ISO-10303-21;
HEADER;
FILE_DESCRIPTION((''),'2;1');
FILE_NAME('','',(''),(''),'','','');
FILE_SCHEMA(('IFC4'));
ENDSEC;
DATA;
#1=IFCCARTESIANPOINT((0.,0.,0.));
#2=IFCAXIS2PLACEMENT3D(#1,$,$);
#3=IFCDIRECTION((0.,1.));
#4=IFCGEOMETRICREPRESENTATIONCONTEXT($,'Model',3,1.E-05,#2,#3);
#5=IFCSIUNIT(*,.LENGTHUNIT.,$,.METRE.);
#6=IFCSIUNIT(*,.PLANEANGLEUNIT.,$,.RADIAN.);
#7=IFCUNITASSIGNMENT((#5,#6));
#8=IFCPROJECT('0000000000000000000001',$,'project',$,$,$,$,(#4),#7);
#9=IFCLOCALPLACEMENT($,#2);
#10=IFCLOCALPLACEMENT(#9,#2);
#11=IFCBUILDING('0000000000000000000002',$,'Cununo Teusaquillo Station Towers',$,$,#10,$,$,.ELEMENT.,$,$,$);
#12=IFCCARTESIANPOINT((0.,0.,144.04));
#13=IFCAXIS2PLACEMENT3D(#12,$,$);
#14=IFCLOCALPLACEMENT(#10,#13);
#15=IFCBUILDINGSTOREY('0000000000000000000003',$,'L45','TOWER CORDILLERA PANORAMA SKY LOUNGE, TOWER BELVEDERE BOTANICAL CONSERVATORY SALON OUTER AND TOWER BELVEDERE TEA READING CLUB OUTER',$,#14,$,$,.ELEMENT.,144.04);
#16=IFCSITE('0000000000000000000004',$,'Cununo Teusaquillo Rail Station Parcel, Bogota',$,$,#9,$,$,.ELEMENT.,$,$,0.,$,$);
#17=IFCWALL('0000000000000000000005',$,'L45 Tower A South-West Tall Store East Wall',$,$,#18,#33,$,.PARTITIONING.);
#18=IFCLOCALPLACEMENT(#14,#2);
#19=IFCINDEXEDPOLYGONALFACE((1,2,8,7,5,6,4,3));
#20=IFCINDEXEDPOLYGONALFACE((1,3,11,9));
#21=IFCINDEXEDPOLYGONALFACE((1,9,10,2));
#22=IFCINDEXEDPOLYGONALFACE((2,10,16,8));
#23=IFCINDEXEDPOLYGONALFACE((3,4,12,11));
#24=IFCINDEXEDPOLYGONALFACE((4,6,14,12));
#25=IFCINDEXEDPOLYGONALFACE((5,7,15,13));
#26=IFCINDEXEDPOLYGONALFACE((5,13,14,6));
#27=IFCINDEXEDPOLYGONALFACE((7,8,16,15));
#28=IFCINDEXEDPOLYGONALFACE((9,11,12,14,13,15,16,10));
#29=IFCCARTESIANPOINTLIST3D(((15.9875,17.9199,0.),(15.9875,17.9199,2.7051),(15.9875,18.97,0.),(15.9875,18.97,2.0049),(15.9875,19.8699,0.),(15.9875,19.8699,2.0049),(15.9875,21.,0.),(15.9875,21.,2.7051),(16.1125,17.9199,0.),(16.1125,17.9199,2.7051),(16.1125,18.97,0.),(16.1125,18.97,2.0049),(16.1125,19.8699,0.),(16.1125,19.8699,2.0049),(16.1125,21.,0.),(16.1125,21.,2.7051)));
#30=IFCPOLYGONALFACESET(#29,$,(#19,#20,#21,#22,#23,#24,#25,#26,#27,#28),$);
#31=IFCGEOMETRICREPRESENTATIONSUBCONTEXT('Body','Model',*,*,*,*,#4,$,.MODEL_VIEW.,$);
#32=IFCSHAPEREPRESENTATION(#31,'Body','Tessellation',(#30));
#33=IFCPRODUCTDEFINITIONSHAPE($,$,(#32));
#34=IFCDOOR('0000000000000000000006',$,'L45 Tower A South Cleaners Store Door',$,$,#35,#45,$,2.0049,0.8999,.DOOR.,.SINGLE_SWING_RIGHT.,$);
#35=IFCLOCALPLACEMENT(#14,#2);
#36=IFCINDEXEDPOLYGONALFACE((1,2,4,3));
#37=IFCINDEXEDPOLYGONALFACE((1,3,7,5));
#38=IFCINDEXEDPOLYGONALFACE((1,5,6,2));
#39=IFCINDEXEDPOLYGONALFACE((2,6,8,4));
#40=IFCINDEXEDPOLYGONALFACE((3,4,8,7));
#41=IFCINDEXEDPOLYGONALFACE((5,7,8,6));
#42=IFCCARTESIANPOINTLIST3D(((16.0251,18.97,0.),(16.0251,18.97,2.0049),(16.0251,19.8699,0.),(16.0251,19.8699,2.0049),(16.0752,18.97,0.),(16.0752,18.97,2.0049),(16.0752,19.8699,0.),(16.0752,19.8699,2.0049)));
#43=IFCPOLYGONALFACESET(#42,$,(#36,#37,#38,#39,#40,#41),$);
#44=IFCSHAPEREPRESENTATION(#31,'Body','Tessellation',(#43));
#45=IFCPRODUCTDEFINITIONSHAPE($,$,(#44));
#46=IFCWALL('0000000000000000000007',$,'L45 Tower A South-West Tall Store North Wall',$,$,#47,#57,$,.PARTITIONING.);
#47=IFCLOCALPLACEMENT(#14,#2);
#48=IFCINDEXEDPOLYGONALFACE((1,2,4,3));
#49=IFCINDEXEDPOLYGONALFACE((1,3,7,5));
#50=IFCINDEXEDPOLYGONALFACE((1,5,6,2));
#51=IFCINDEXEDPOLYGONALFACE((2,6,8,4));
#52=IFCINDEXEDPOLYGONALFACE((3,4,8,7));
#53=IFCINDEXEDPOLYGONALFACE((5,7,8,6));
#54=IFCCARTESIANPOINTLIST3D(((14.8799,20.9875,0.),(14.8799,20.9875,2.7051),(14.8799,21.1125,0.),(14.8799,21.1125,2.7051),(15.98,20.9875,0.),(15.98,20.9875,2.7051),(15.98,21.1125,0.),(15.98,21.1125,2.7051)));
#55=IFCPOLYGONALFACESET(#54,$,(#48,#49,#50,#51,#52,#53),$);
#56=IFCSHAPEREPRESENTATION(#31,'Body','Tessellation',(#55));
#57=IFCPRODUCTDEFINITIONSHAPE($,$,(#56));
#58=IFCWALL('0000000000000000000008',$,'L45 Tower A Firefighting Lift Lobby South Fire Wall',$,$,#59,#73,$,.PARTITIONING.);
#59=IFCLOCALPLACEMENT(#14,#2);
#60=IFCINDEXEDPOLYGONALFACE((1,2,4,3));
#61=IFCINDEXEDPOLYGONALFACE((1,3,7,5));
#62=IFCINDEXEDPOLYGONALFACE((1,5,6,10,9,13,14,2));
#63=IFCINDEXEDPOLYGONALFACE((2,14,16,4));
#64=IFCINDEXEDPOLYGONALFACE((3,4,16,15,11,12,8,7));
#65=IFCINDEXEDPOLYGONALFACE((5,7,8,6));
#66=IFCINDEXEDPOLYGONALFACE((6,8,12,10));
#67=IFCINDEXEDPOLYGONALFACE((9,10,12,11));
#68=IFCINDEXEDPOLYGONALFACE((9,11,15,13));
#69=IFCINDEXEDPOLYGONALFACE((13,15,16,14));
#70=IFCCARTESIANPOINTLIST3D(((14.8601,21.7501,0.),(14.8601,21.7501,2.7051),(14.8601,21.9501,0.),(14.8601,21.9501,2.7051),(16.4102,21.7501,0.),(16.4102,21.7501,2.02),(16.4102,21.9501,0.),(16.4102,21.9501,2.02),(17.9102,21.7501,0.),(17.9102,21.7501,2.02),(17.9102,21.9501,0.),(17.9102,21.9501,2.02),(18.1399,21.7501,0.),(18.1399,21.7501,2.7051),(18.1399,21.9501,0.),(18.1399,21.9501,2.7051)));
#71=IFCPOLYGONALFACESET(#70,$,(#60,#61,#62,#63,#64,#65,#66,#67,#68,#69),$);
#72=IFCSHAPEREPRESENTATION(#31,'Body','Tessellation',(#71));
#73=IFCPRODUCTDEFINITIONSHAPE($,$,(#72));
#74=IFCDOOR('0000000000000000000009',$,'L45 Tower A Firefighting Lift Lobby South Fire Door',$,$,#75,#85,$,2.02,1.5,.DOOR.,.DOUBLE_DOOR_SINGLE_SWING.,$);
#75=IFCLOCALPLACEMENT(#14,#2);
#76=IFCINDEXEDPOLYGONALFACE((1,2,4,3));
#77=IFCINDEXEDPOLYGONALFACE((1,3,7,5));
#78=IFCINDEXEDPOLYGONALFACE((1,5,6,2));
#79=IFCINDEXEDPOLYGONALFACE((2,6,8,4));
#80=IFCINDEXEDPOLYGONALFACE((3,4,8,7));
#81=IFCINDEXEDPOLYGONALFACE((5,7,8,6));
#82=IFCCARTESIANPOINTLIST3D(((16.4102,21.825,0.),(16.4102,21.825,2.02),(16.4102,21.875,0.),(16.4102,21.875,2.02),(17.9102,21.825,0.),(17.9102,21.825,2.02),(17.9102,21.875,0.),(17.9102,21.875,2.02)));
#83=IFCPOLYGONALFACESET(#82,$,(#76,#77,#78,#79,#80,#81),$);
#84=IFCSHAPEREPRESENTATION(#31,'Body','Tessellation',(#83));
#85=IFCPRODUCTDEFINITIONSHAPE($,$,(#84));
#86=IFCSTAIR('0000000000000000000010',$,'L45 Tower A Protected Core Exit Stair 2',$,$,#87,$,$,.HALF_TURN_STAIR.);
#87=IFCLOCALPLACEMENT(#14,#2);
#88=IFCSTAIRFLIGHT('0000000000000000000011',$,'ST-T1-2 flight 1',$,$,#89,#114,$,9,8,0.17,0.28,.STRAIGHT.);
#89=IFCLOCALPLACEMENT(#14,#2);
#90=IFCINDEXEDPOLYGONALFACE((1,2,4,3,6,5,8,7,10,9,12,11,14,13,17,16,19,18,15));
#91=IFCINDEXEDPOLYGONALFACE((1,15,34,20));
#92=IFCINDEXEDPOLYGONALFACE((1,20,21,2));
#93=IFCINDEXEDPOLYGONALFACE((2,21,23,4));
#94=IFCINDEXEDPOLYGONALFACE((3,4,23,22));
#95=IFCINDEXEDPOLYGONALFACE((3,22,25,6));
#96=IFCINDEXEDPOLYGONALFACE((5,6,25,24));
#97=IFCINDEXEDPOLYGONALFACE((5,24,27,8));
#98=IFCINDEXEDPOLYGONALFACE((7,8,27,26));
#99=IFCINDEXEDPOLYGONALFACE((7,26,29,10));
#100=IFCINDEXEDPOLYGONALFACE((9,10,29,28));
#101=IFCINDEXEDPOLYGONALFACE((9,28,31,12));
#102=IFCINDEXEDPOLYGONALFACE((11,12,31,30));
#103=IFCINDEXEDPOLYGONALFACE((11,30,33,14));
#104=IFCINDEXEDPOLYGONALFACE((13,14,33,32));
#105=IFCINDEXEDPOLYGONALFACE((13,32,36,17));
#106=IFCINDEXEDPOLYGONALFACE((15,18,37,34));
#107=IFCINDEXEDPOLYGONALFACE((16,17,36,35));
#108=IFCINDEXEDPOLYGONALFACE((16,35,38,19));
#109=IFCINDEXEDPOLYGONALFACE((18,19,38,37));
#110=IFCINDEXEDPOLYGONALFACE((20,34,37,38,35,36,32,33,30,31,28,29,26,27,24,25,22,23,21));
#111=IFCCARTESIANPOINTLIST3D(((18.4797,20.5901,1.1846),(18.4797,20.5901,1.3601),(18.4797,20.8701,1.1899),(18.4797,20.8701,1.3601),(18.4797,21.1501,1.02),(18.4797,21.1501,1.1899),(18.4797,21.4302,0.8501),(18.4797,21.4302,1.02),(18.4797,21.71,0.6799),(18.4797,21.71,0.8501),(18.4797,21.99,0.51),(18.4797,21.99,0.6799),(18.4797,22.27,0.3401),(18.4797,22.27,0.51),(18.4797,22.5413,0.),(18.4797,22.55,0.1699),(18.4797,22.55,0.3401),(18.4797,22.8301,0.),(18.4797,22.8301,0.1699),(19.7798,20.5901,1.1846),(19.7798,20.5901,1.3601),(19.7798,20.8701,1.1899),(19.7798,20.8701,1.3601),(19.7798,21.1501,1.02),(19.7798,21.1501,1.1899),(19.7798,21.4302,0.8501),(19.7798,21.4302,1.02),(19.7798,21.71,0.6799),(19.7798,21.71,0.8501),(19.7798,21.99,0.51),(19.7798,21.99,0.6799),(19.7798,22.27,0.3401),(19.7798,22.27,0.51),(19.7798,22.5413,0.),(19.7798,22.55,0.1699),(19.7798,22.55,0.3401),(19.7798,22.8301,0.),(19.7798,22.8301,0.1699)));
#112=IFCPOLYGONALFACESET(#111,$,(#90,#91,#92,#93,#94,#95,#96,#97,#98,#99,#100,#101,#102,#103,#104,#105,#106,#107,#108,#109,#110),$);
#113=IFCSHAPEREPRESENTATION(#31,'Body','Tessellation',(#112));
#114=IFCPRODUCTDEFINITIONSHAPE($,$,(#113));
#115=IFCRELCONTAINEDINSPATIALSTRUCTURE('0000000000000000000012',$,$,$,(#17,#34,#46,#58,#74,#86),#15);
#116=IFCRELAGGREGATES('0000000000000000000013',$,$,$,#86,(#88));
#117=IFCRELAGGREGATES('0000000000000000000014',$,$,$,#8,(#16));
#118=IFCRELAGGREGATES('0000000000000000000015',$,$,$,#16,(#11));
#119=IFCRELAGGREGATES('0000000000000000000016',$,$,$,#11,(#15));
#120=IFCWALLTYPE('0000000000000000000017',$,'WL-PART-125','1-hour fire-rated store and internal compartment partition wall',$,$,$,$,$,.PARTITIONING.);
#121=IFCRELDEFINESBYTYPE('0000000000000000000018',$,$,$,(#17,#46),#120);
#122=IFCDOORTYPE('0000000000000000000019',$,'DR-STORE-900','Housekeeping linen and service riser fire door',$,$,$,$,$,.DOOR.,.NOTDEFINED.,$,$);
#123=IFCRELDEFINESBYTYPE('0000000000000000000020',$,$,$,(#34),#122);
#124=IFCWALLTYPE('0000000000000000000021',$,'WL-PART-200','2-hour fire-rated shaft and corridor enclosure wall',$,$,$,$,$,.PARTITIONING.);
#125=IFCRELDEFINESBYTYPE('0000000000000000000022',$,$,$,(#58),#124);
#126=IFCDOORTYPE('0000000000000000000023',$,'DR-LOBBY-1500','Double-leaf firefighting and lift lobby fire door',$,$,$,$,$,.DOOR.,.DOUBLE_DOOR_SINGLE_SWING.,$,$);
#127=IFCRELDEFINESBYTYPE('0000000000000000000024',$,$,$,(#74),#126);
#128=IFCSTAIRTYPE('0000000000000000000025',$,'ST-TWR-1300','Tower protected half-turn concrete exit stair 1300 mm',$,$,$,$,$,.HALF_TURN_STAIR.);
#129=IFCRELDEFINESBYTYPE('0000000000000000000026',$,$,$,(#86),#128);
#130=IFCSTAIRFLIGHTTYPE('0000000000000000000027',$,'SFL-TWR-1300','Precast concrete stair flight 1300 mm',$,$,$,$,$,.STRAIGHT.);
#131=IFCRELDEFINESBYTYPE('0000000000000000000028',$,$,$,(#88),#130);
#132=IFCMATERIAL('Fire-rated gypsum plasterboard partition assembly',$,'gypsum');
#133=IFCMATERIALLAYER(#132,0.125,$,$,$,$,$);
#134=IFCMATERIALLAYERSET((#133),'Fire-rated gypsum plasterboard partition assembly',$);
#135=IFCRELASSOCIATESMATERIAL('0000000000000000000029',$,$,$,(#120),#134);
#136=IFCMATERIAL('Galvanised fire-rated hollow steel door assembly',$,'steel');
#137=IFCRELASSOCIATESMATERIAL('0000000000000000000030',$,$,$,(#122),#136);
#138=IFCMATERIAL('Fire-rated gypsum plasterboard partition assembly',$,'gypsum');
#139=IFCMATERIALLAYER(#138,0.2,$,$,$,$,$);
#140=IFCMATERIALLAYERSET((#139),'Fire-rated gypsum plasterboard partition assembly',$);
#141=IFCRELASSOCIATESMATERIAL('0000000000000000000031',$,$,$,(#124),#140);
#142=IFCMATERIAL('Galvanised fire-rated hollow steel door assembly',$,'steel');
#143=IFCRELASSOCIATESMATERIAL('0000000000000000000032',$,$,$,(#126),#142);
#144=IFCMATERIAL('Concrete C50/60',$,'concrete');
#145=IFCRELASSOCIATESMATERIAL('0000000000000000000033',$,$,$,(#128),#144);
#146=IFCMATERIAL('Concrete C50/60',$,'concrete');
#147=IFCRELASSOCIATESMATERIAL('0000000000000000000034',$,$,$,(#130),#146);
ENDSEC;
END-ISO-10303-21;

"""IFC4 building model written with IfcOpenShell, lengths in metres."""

from ifc_helpers import new_model, si_unit, direction, frame, frame_2d, origin, place, context, subcontext, project, spatial, polyline, rectangle, outline, extrude, source, transform, mapped, material, layer, layer_set, type_object, element, fill, aggregate, save


model = new_model("IFC4")

# Units and contexts
model_context = context("Model", 3, precision=1e-05, world=origin(), true_north=direction((0.0, 1.0)))
body_context = subcontext(model_context, "Body", "Model", "MODEL_VIEW")
ifc_project = project(units=[si_unit("LENGTHUNIT", "METRE"), si_unit("PLANEANGLEUNIT", "RADIAN")], contexts=[model_context])

# Site, building, storey
site_placement = place(None, origin())
site = spatial("IfcSite", under=ifc_project, at=site_placement, Name="Cununo Teusaquillo Rail Station Parcel, Bogota", CompositionType="ELEMENT", RefElevation=0.0)
building_placement = place(site_placement, origin())
building = spatial("IfcBuilding", under=site, at=building_placement, Name="Cununo Teusaquillo Station Towers", CompositionType="ELEMENT")
storey_placement = place(building_placement, frame((0.0, 0.0, 144.04)))
storey = spatial("IfcBuildingStorey", under=building, at=storey_placement, Name="L45", Description="TOWER CORDILLERA PANORAMA SKY LOUNGE, TOWER BELVEDERE BOTANICAL CONSERVATORY SALON OUTER AND TOWER BELVEDERE TEA READING CLUB OUTER", CompositionType="ELEMENT", Elevation=144.04)

# Wall, opening, door
ifc_material_1 = material(Name="Fire-rated gypsum plasterboard partition assembly", Category="gypsum")
ifc_layer_1 = layer(ifc_material_1, 0.125)
ifc_layer_set_1 = layer_set([ifc_layer_1], Name="Fire-rated gypsum plasterboard partition assembly")
wall_type_1 = type_object("IfcWallType", Name="WL-PART-125", Description="1-hour fire-rated store and internal compartment partition wall", PredefinedType="PARTITIONING", material=ifc_layer_set_1)
wall_1_placement = place(storey_placement, frame((16.05, 17.9199, 0.0), z_axis=(0.0, 0.0, 1.0), x_axis=(0.0, 1.0, 0.0)))
wall_1 = element("IfcWall", 1, at=wall_1_placement, inside=storey, type_object=wall_type_1, Name="L45 Tower A South-West Tall Store East Wall", PredefinedType="PARTITIONING", context=body_context, shape_type="SweptSolid", body=[
    extrude(rectangle(XDim=3.0801, YDim=0.125, at=frame_2d((1.54, 0.0))), origin(), (0.0, 0.0, 1.0), 2.7051),
])
shared_shape_1 = source(origin(), body_context, "Body", "SweptSolid", [
    extrude(rectangle(XDim=0.8999, YDim=2.0049, at=frame_2d((0.45, 1.0024))), frame((0.0, 0.0725, 0.0), z_axis=(0.0, -1.0, 0.0), x_axis=(1.0, 0.0, 0.0)), (0.0, 0.0, 1.0), 0.145),
])
opening_1_placement = place(wall_1_placement, frame((1.05, 0.0, 0.0)))
opening_1 = element("IfcOpeningElement", 2, at=opening_1_placement, cuts=wall_1, PredefinedType="OPENING", context=body_context, shape_type="MappedRepresentation", body=[
    mapped(shared_shape_1, transform((0.0, 0.0, 0.0), x_axis=(1.0, 0.0, 0.0), y_axis=(0.0, 1.0, 0.0), z_axis=(0.0, 0.0, 1.0), scale=1.0)),
])
ifc_material_2 = material(Name="Galvanised fire-rated hollow steel door assembly", Category="steel")
door_type_1 = type_object("IfcDoorType", Name="DR-STORE-900", Description="Housekeeping linen and service riser fire door", OperationType="NOTDEFINED", PredefinedType="DOOR", material=ifc_material_2)
shared_shape_2 = source(origin(), body_context, "Body", "SweptSolid", [
    extrude(rectangle(XDim=0.8999, YDim=2.0049, at=frame_2d((0.45, 1.0024))), frame((0.0, 0.0249, 0.0), z_axis=(0.0, -1.0, 0.0), x_axis=(1.0, 0.0, 0.0)), (0.0, 0.0, 1.0), 0.05),
])
door_1_placement = place(opening_1_placement, origin())
door_1 = element("IfcDoor", 3, at=door_1_placement, inside=storey, type_object=door_type_1, Name="L45 Tower A South Cleaners Store Door", OperationType="SINGLE_SWING_RIGHT", OverallHeight=2.0049, OverallWidth=0.8999, PredefinedType="DOOR", context=body_context, shape_type="MappedRepresentation", body=[
    mapped(shared_shape_2, transform((0.0, 0.0, 0.0), x_axis=(1.0, 0.0, 0.0), y_axis=(0.0, 1.0, 0.0), z_axis=(0.0, 0.0, 1.0), scale=1.0)),
])
fill(opening_1, door_1)

# Wall
wall_2_placement = place(storey_placement, frame((14.8799, 21.05, 0.0), z_axis=(0.0, 0.0, 1.0), x_axis=(1.0, 0.0, 0.0)))
element("IfcWall", 4, at=wall_2_placement, inside=storey, type_object=wall_type_1, Name="L45 Tower A South-West Tall Store North Wall", PredefinedType="PARTITIONING", context=body_context, shape_type="SweptSolid", body=[
    extrude(rectangle(XDim=1.1001, YDim=0.125, at=frame_2d((0.55, 0.0))), origin(), (0.0, 0.0, 1.0), 2.7051),
])

# Wall, opening, door
ifc_material_3 = material(Name="Fire-rated gypsum plasterboard partition assembly", Category="gypsum")
ifc_layer_2 = layer(ifc_material_3, 0.2)
ifc_layer_set_2 = layer_set([ifc_layer_2], Name="Fire-rated gypsum plasterboard partition assembly")
wall_type_2 = type_object("IfcWallType", Name="WL-PART-200", Description="2-hour fire-rated shaft and corridor enclosure wall", PredefinedType="PARTITIONING", material=ifc_layer_set_2)
wall_3_placement = place(storey_placement, frame((14.8601, 21.8501, 0.0), z_axis=(0.0, 0.0, 1.0), x_axis=(1.0, 0.0, 0.0)))
wall_3 = element("IfcWall", 5, at=wall_3_placement, inside=storey, type_object=wall_type_2, Name="L45 Tower A Firefighting Lift Lobby South Fire Wall", PredefinedType="PARTITIONING", context=body_context, shape_type="SweptSolid", body=[
    extrude(rectangle(XDim=3.2798, YDim=0.2, at=frame_2d((1.6399, 0.0))), origin(), (0.0, 0.0, 1.0), 2.7051),
])
shared_shape_3 = source(origin(), body_context, "Body", "SweptSolid", [
    extrude(rectangle(XDim=1.5, YDim=2.02, at=frame_2d((0.75, 1.01))), frame((0.0, 0.1099, 0.0), z_axis=(0.0, -1.0, 0.0), x_axis=(1.0, 0.0, 0.0)), (0.0, 0.0, 1.0), 0.22),
])
opening_2_placement = place(wall_3_placement, frame((1.55, 0.0, 0.0)))
opening_2 = element("IfcOpeningElement", 6, at=opening_2_placement, cuts=wall_3, PredefinedType="OPENING", context=body_context, shape_type="MappedRepresentation", body=[
    mapped(shared_shape_3, transform((0.0, 0.0, 0.0), x_axis=(1.0, 0.0, 0.0), y_axis=(0.0, 1.0, 0.0), z_axis=(0.0, 0.0, 1.0), scale=1.0)),
])
ifc_material_4 = material(Name="Galvanised fire-rated hollow steel door assembly", Category="steel")
door_type_2 = type_object("IfcDoorType", Name="DR-LOBBY-1500", Description="Double-leaf firefighting and lift lobby fire door", OperationType="DOUBLE_DOOR_SINGLE_SWING", PredefinedType="DOOR", material=ifc_material_4)
shared_shape_4 = source(origin(), body_context, "Body", "SweptSolid", [
    extrude(rectangle(XDim=1.5, YDim=2.02, at=frame_2d((0.75, 1.01))), frame((0.0, 0.0249, 0.0), z_axis=(0.0, -1.0, 0.0), x_axis=(1.0, 0.0, 0.0)), (0.0, 0.0, 1.0), 0.05),
])
door_2_placement = place(opening_2_placement, origin())
door_2 = element("IfcDoor", 7, at=door_2_placement, inside=storey, type_object=door_type_2, Name="L45 Tower A Firefighting Lift Lobby South Fire Door", OperationType="DOUBLE_DOOR_SINGLE_SWING", OverallHeight=2.02, OverallWidth=1.5, PredefinedType="DOOR", context=body_context, shape_type="MappedRepresentation", body=[
    mapped(shared_shape_4, transform((0.0, 0.0, 0.0), x_axis=(1.0, 0.0, 0.0), y_axis=(0.0, 1.0, 0.0), z_axis=(0.0, 0.0, 1.0), scale=1.0)),
])
fill(opening_2, door_2)

# Stair, stair flight
ifc_material_5 = material(Name="Concrete C50/60", Category="concrete")
stair_type = type_object("IfcStairType", Name="ST-TWR-1300", Description="Tower protected half-turn concrete exit stair 1300 mm", PredefinedType="HALF_TURN_STAIR", material=ifc_material_5)
stair_placement = place(storey_placement, origin())
stair = element("IfcStair", 8, at=stair_placement, inside=storey, type_object=stair_type, Name="L45 Tower A Protected Core Exit Stair 2", PredefinedType="HALF_TURN_STAIR")
ifc_material_6 = material(Name="Concrete C50/60", Category="concrete")
stair_flight_type = type_object("IfcStairFlightType", Name="SFL-TWR-1300", Description="Precast concrete stair flight 1300 mm", PredefinedType="STRAIGHT", material=ifc_material_6)
stair_flight_placement = place(storey_placement, frame((19.1299, 22.8301, 0.0), z_axis=(0.0, 0.0, 1.0), x_axis=(0.0, -1.0, 0.0)))
stair_flight = element("IfcStairFlight", 9, at=stair_flight_placement, type_object=stair_flight_type, Name="ST-T1-2 flight 1", NumberOfRisers=9, NumberOfTreads=8, PredefinedType="STRAIGHT", RiserHeight=0.17, TreadLength=0.28, context=body_context, shape_type="SweptSolid", body=[
    extrude(outline(polyline([(0.0, 0.0), (0.0, 0.1699), (0.28, 0.1699), (0.28, 0.3401), (0.5601, 0.3401), (0.5601, 0.51), (0.8401, 0.51), (0.8401, 0.6799), (1.1201, 0.6799), (1.1201, 0.8501), (1.3999, 0.8501), (1.3999, 1.02), (1.6799, 1.02), (1.6799, 1.1899), (1.96, 1.1899), (1.96, 1.3601), (2.24, 1.3601), (2.24, 1.53), (2.24, 1.1846), (0.2888, 0.0), (0.0, 0.0)])), frame((0.0, 0.6499, 0.0), z_axis=(0.0, -1.0, 0.0), x_axis=(1.0, 0.0, 0.0)), (0.0, 0.0, 1.0), 1.3),
])
aggregate(stair, [stair_flight])

save(model, "model.ifc")
